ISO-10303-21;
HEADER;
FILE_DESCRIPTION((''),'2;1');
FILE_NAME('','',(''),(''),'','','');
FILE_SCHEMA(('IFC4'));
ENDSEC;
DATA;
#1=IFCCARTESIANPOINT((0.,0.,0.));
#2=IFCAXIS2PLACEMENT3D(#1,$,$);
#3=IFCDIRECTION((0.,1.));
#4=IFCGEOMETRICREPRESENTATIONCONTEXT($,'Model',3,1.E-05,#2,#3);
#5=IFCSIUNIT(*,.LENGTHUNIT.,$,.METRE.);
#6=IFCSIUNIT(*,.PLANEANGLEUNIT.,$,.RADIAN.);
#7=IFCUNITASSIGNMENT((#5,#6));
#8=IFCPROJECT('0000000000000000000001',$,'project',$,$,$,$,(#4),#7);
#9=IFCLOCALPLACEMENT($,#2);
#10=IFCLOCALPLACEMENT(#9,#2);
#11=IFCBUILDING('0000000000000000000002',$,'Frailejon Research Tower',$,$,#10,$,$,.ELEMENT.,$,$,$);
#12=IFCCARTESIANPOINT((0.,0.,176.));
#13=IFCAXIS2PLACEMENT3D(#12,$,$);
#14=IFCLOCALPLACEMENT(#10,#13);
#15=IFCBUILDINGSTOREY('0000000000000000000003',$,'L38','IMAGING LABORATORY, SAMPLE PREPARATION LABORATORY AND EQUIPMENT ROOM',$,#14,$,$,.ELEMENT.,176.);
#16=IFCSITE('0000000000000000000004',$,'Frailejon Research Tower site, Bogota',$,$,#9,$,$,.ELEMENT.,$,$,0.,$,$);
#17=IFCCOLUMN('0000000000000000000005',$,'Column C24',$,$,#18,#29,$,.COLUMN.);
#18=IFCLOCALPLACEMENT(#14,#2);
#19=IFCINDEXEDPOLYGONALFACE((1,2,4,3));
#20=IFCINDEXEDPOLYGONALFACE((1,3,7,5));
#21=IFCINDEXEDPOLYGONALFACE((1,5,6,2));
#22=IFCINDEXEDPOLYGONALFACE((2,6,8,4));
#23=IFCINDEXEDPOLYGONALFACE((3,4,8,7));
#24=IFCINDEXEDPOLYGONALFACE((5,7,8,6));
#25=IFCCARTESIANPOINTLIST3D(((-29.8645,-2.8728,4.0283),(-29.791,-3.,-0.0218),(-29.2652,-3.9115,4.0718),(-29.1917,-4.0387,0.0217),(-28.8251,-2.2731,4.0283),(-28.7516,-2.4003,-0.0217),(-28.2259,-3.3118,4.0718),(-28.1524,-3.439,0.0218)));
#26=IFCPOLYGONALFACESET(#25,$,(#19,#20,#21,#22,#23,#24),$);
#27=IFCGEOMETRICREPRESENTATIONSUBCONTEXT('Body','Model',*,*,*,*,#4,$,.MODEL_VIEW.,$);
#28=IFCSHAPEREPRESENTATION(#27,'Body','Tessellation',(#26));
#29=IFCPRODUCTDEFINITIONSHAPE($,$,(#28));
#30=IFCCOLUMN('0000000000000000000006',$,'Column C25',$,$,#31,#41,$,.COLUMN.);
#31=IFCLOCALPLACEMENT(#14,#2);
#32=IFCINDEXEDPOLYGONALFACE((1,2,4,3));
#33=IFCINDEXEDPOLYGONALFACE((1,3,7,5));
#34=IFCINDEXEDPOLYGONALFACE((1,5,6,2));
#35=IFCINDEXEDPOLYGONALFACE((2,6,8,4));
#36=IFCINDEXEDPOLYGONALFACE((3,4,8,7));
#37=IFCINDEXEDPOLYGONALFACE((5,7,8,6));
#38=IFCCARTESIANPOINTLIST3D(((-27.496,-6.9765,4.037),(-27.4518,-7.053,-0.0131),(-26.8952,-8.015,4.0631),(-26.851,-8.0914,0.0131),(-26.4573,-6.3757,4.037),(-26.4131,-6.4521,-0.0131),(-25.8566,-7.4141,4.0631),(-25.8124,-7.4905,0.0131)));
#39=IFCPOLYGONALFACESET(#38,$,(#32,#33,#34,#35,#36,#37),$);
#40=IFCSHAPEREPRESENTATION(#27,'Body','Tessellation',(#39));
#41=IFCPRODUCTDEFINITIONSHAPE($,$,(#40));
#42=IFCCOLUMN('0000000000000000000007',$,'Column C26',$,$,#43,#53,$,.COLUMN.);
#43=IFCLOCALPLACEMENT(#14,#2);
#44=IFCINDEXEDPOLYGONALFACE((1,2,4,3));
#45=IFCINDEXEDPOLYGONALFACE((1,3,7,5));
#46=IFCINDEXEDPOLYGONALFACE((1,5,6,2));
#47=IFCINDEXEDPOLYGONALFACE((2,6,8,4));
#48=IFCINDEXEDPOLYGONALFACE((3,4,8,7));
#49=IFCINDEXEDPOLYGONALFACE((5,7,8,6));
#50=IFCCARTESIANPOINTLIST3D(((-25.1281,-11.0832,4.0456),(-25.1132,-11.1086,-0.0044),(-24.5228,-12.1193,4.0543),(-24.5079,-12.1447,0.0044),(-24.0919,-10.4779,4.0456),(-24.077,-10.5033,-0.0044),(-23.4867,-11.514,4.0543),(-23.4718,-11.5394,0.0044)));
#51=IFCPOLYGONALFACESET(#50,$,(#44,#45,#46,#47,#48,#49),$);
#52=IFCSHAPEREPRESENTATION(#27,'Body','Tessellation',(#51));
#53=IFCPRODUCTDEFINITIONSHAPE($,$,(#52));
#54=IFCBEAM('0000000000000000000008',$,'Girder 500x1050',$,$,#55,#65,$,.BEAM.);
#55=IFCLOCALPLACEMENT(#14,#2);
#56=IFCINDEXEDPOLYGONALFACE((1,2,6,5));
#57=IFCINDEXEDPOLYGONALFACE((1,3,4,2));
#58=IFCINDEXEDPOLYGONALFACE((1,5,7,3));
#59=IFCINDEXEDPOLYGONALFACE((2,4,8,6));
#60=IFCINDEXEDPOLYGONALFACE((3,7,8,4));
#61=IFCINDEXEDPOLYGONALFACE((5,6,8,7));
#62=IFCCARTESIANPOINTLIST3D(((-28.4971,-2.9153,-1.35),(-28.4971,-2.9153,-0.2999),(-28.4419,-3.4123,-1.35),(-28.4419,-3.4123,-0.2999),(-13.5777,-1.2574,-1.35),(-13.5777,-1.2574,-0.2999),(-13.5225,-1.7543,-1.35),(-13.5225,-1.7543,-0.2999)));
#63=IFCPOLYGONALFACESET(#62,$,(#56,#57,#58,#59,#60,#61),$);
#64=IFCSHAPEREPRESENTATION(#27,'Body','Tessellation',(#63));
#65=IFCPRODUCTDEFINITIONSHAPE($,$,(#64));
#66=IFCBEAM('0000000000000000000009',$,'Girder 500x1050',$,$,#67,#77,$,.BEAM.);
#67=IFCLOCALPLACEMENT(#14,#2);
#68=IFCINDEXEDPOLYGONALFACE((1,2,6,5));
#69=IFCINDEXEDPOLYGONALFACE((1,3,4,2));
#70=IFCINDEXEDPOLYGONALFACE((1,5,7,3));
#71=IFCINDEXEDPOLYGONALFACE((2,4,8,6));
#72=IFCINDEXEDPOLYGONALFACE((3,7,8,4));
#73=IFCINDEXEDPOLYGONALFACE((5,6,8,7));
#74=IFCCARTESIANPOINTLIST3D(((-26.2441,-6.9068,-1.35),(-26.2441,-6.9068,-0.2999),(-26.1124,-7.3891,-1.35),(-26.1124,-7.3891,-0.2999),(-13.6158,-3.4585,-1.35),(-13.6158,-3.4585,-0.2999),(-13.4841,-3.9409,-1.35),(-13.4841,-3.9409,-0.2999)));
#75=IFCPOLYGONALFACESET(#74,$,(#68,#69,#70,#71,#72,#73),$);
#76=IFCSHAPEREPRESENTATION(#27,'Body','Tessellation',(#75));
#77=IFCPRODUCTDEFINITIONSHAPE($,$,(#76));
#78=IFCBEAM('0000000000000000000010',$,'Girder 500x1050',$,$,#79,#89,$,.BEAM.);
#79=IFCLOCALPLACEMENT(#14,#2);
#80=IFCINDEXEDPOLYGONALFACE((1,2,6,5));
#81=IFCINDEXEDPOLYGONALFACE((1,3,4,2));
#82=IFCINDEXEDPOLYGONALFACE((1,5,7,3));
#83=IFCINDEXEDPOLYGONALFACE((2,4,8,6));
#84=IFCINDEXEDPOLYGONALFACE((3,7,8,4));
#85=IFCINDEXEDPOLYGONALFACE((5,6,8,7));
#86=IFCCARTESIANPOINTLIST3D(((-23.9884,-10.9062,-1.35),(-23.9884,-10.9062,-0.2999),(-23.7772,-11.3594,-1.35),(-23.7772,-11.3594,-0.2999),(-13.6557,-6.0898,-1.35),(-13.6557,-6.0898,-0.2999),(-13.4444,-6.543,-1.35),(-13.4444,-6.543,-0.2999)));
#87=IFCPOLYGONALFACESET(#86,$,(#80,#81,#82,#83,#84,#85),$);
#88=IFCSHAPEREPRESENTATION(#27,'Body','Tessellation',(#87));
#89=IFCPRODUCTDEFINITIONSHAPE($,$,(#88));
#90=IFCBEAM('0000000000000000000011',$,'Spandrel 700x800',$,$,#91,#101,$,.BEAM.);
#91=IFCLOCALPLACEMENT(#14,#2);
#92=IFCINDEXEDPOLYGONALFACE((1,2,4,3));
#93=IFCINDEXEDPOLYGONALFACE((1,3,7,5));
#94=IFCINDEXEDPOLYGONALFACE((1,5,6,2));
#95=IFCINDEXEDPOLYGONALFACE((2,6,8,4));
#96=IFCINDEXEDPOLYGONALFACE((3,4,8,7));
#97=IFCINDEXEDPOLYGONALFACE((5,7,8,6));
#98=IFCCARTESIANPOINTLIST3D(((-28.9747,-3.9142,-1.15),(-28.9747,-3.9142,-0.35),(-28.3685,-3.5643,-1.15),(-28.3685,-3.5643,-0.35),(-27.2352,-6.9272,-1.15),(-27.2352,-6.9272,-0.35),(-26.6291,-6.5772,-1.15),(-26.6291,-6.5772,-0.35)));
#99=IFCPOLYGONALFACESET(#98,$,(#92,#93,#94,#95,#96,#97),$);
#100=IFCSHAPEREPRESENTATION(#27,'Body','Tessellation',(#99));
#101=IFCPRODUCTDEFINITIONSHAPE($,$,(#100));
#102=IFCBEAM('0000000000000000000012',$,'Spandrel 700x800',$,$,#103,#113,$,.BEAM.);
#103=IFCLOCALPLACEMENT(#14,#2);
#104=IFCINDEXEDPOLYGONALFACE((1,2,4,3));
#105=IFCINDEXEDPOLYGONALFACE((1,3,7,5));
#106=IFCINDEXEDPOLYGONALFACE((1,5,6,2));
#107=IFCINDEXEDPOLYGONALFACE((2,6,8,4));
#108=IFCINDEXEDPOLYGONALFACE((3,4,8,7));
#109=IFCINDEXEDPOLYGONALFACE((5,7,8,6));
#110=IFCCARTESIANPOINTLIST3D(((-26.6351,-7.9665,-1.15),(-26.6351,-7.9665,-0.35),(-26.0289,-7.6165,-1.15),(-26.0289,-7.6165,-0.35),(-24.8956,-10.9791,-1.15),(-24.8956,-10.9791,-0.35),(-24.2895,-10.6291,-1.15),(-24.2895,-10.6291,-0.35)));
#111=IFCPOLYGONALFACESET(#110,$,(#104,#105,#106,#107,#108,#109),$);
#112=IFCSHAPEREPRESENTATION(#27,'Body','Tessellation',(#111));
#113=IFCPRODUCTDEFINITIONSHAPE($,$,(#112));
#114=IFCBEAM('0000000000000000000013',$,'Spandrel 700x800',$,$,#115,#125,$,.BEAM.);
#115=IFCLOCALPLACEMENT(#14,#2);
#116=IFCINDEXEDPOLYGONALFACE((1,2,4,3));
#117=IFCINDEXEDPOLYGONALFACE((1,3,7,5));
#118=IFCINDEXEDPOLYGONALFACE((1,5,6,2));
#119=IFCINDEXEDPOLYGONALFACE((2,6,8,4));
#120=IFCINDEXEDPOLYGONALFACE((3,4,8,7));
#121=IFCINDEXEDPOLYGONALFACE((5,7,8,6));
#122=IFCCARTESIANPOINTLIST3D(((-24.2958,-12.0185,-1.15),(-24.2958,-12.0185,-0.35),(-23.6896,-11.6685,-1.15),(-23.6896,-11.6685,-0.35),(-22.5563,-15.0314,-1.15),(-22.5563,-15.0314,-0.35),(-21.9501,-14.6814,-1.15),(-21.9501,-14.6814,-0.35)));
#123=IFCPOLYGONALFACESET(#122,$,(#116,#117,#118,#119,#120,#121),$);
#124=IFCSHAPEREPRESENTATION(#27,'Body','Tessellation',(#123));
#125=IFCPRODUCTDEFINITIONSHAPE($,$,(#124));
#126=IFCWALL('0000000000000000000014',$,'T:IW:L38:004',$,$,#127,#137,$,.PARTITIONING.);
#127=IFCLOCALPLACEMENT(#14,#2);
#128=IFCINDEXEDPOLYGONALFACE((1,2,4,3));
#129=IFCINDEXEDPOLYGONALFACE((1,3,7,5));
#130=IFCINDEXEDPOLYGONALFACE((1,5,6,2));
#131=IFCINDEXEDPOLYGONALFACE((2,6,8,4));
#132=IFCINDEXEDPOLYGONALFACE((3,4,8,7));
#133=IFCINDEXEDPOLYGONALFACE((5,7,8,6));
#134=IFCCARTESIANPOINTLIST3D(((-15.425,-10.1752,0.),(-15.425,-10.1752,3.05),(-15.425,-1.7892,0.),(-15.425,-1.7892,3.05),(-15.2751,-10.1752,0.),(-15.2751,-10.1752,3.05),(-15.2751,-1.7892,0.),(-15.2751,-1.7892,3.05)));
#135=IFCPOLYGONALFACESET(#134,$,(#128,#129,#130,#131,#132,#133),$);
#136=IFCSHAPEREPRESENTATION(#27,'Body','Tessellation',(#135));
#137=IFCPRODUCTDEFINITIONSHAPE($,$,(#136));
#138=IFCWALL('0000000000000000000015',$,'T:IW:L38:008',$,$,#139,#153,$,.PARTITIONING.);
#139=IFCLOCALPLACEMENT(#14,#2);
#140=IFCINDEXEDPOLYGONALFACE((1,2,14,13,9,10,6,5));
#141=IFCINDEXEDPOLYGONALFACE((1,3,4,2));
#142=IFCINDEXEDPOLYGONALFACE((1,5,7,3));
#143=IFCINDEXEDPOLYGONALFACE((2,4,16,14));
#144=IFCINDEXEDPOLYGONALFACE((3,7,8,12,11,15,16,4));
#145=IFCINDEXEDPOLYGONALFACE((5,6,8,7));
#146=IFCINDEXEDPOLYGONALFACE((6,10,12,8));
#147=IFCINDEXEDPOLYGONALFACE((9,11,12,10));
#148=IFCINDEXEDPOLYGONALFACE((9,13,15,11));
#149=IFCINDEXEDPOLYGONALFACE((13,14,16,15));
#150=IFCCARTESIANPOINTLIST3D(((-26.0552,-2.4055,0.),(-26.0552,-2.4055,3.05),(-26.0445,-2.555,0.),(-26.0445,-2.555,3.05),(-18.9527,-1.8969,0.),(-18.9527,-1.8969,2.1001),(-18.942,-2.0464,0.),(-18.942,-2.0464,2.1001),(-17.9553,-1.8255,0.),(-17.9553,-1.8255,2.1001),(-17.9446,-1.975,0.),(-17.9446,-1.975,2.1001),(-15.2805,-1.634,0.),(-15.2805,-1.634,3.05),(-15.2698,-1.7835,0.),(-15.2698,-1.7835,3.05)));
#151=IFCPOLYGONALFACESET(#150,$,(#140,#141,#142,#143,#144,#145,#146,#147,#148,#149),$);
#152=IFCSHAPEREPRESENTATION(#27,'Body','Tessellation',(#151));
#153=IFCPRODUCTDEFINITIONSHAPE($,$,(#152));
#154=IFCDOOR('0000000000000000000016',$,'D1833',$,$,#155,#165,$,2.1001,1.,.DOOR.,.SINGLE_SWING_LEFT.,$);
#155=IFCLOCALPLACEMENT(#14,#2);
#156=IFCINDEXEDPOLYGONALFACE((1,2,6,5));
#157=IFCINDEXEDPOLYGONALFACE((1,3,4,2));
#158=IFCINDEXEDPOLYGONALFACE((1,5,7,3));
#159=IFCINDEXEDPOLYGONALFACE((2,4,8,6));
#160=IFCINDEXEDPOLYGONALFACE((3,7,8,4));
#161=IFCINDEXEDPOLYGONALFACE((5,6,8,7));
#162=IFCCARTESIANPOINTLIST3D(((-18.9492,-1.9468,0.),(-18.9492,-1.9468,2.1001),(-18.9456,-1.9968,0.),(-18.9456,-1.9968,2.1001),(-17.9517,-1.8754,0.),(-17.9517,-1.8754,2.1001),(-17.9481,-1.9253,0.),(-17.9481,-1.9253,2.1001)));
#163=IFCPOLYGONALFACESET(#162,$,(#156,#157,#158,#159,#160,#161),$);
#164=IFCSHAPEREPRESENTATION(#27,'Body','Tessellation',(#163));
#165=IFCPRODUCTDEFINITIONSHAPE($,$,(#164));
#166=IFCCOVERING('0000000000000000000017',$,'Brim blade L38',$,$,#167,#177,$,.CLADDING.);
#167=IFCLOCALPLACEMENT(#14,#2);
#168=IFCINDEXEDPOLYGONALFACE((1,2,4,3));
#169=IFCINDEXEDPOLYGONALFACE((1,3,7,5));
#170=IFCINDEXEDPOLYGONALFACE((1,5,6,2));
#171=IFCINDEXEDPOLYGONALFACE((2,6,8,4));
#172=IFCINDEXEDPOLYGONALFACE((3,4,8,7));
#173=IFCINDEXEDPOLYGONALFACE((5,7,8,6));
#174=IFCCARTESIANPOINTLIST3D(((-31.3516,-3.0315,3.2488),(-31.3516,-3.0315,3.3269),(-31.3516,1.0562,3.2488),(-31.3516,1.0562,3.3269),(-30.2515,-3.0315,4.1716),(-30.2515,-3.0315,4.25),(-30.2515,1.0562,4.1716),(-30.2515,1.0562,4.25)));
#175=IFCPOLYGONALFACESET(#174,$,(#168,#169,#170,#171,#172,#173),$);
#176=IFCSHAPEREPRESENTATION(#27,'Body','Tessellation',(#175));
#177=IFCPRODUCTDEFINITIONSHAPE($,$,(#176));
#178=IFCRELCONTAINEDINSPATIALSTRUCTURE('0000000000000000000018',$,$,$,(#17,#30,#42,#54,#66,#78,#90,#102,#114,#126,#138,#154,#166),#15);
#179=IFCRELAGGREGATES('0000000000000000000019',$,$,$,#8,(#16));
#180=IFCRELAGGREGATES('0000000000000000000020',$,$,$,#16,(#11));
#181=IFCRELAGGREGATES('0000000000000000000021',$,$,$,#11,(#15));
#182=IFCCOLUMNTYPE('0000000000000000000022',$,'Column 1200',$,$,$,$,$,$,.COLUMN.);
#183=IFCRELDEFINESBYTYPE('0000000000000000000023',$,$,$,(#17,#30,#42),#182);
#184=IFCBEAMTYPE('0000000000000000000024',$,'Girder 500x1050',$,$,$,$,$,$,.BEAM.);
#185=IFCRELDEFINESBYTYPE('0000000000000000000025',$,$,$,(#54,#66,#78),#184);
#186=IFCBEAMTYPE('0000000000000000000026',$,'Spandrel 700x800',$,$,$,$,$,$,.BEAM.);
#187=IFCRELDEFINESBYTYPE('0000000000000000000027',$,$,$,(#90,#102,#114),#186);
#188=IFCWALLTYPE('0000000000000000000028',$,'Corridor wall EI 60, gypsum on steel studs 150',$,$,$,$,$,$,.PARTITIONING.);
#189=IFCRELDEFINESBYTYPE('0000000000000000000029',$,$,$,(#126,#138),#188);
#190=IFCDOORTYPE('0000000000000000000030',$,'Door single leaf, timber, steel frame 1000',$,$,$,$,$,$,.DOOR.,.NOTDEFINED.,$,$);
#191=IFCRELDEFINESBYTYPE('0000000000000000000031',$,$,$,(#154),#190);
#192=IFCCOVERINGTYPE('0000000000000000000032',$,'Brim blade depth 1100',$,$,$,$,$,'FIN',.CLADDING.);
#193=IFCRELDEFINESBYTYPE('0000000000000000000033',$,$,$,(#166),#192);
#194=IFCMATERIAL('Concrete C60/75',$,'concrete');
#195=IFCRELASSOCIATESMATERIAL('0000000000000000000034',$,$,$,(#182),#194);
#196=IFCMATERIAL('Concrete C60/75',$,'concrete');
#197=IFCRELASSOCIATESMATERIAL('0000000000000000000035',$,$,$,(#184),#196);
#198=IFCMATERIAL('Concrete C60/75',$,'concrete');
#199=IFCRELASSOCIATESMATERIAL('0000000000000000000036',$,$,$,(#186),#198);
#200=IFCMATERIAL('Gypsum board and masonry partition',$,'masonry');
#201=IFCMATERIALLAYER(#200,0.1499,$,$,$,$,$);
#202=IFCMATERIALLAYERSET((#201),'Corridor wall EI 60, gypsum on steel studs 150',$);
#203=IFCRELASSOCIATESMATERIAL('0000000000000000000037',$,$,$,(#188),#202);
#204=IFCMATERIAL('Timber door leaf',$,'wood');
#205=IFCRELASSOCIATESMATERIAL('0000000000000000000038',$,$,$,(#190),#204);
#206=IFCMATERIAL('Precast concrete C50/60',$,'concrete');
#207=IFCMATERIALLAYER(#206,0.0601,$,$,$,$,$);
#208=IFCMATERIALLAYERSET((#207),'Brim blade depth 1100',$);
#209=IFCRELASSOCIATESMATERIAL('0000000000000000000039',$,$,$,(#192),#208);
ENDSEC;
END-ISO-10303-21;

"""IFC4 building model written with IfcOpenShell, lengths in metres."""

from ifc_helpers import new_model, si_unit, direction, frame, frame_2d, origin, origin_2d, place, context, subcontext, project, spatial, polyline, rectangle, outline, extrude, material, layer, layer_set, material_profile, profile_set, type_object, element, fill, save


model = new_model("IFC4")

# Units and contexts
model_context = context("Model", 3, precision=1e-05, world=origin(), true_north=direction((0.0, 1.0)))
body_context = subcontext(model_context, "Body", "Model", "MODEL_VIEW")
ifc_project = project(units=[si_unit("LENGTHUNIT", "METRE"), si_unit("PLANEANGLEUNIT", "RADIAN")], contexts=[model_context])

# Site, building, storey
site_placement = place(None, origin())
site = spatial("IfcSite", under=ifc_project, at=site_placement, Name="Frailejon Research Tower site, Bogota", CompositionType="ELEMENT", RefElevation=0.0)
building_placement = place(site_placement, origin())
building = spatial("IfcBuilding", under=site, at=building_placement, Name="Frailejon Research Tower", CompositionType="ELEMENT")
storey_placement = place(building_placement, frame((0.0, 0.0, 176.0)))
storey = spatial("IfcBuildingStorey", under=building, at=storey_placement, Name="L38", Description="IMAGING LABORATORY, SAMPLE PREPARATION LABORATORY AND EQUIPMENT ROOM", CompositionType="ELEMENT", Elevation=176.0)

# Columns
ifc_material_1 = material(Name="Concrete C60/75", Category="concrete")
ifc_material_profile_1 = material_profile(ifc_material_1, rectangle(XDim=1.2, YDim=1.2, at=origin_2d()), Name="Column 1200")
ifc_profile_set_1 = profile_set([ifc_material_profile_1], Name="Concrete C60/75")
column_type = type_object("IfcColumnType", Name="Column 1200", PredefinedType="COLUMN", material=ifc_profile_set_1)
column_1_placement = place(storey_placement, frame((-28.9717, -3.2195, 0.0), z_axis=(-0.018133, 0.031386, 0.999343), x_axis=(0.499403, -0.865611, 0.036247)))
element("IfcColumn", 1, at=column_1_placement, inside=storey, type_object=column_type, Name="Column C24", PredefinedType="COLUMN", context=body_context, shape_type="SweptSolid", body=[
    extrude(rectangle(XDim=1.2, YDim=1.2, at=origin_2d()), origin(), (0.0, 0.0, 1.0), 4.0527),
])
column_2_placement = place(storey_placement, frame((-26.6321, -7.2717, 0.0), z_axis=(-0.010908, 0.018863, 0.999763), x_axis=(0.500638, -0.865382, 0.02179)))
element("IfcColumn", 2, at=column_2_placement, inside=storey, type_object=column_type, Name="Column C25", PredefinedType="COLUMN", context=body_context, shape_type="SweptSolid", body=[
    extrude(rectangle(XDim=1.2, YDim=1.2, at=origin_2d()), origin(), (0.0, 0.0, 1.0), 4.051),
])
column_3_placement = place(storey_placement, frame((-24.2925, -11.324, 0.0), z_axis=(-0.003677, 0.006269, 0.999974), x_axis=(0.504393, -0.863444, 0.007268)))
element("IfcColumn", 3, at=column_3_placement, inside=storey, type_object=column_type, Name="Column C26", PredefinedType="COLUMN", context=body_context, shape_type="SweptSolid", body=[
    extrude(rectangle(XDim=1.2, YDim=1.2, at=origin_2d()), origin(), (0.0, 0.0, 1.0), 4.05),
])

# Beams
ifc_material_2 = material(Name="Concrete C60/75", Category="concrete")
ifc_material_profile_2 = material_profile(ifc_material_2, rectangle(XDim=0.5, YDim=1.05, at=origin_2d()), Name="Girder 500x1050")
ifc_profile_set_2 = profile_set([ifc_material_profile_2], Name="Concrete C60/75")
beam_type_1 = type_object("IfcBeamType", Name="Girder 500x1050", PredefinedType="BEAM", material=ifc_profile_set_2)
beam_1_placement = place(storey_placement, frame((-28.4695, -3.1638, -0.825), z_axis=(0.993882, 0.110448, 0.0), x_axis=(-0.110448, 0.993882, 0.0)))
element("IfcBeam", 4, at=beam_1_placement, inside=storey, type_object=beam_type_1, Name="Girder 500x1050", PredefinedType="BEAM", context=body_context, shape_type="SweptSolid", body=[
    extrude(rectangle(XDim=0.5, YDim=1.05, at=origin_2d()), origin(), (0.0, 0.0, 1.0), 15.0112),
])
beam_2_placement = place(storey_placement, frame((-26.1782, -7.1479, -0.825), z_axis=(0.964682, 0.263416, 0.0), x_axis=(-0.263416, 0.964682, 0.0)))
element("IfcBeam", 5, at=beam_2_placement, inside=storey, type_object=beam_type_1, Name="Girder 500x1050", PredefinedType="BEAM", context=body_context, shape_type="SweptSolid", body=[
    extrude(rectangle(XDim=0.5, YDim=1.05, at=origin_2d()), origin(), (0.0, 0.0, 1.0), 13.0906),
])
beam_3_placement = place(storey_placement, frame((-23.8828, -11.1328, -0.825), z_axis=(0.90637, 0.422486, 0.0), x_axis=(-0.422486, 0.90637, 0.0)))
element("IfcBeam", 6, at=beam_3_placement, inside=storey, type_object=beam_type_1, Name="Girder 500x1050", PredefinedType="BEAM", context=body_context, shape_type="SweptSolid", body=[
    extrude(rectangle(XDim=0.5, YDim=1.05, at=origin_2d()), origin(), (0.0, 0.0, 1.0), 11.4001),
])
ifc_material_3 = material(Name="Concrete C60/75", Category="concrete")
ifc_material_profile_3 = material_profile(ifc_material_3, rectangle(XDim=0.7, YDim=0.8, at=origin_2d()), Name="Spandrel 700x800")
ifc_profile_set_3 = profile_set([ifc_material_profile_3], Name="Concrete C60/75")
beam_type_2 = type_object("IfcBeamType", Name="Spandrel 700x800", PredefinedType="BEAM", material=ifc_profile_set_3)
beam_4_placement = place(storey_placement, frame((-28.6716, -3.7393, -0.75), z_axis=(0.499996, -0.866028, 0.0), x_axis=(0.866028, 0.499996, 0.0)))
element("IfcBeam", 7, at=beam_4_placement, inside=storey, type_object=beam_type_2, Name="Spandrel 700x800", PredefinedType="BEAM", context=body_context, shape_type="SweptSolid", body=[
    extrude(rectangle(XDim=0.7, YDim=0.8, at=origin_2d()), origin(), (0.0, 0.0, 1.0), 3.479),
])
beam_5_placement = place(storey_placement, frame((-26.332, -7.7915, -0.75), z_axis=(0.500026, -0.86601, 0.0), x_axis=(0.86601, 0.500026, 0.0)))
element("IfcBeam", 8, at=beam_5_placement, inside=storey, type_object=beam_type_2, Name="Spandrel 700x800", PredefinedType="BEAM", context=body_context, shape_type="SweptSolid", body=[
    extrude(rectangle(XDim=0.7, YDim=0.8, at=origin_2d()), origin(), (0.0, 0.0, 1.0), 3.4788),
])
beam_6_placement = place(storey_placement, frame((-23.9927, -11.8435, -0.75), z_axis=(0.499996, -0.866028, 0.0), x_axis=(0.866028, 0.499996, 0.0)))
element("IfcBeam", 9, at=beam_6_placement, inside=storey, type_object=beam_type_2, Name="Spandrel 700x800", PredefinedType="BEAM", context=body_context, shape_type="SweptSolid", body=[
    extrude(rectangle(XDim=0.7, YDim=0.8, at=origin_2d()), origin(), (0.0, 0.0, 1.0), 3.479),
])

# Wall
ifc_material_4 = material(Name="Gypsum board and masonry partition", Category="masonry")
ifc_layer_1 = layer(ifc_material_4, 0.1499)
ifc_layer_set_1 = layer_set([ifc_layer_1], Name="Corridor wall EI 60, gypsum on steel studs 150")
wall_type_1 = type_object("IfcWallType", Name="Corridor wall EI 60, gypsum on steel studs 150", PredefinedType="PARTITIONING", material=ifc_layer_set_1)
wall_1_placement = place(storey_placement, frame((-15.3501, -10.175, 0.0), z_axis=(0.0, 0.0, 1.0), x_axis=(0.0, 1.0, 0.0)))
element("IfcWall", 10, at=wall_1_placement, inside=storey, type_object=wall_type_1, Name="T:IW:L38:004", PredefinedType="PARTITIONING", context=body_context, shape_type="SweptSolid", body=[
    extrude(rectangle(XDim=8.386, YDim=0.1499, at=frame_2d((4.1929, 0.0))), origin(), (0.0, 0.0, 1.0), 3.05),
])

# Wall, opening, door
wall_2_placement = place(storey_placement, frame((-26.0498, -2.4802, 0.0), z_axis=(0.0, 0.0, 1.0), x_axis=(0.997446, 0.071419, 0.0)))
wall_2 = element("IfcWall", 11, at=wall_2_placement, inside=storey, type_object=wall_type_1, Name="T:IW:L38:008", PredefinedType="PARTITIONING", context=body_context, shape_type="SweptSolid", body=[
    extrude(rectangle(XDim=10.8022, YDim=0.1499, at=frame_2d((5.4011, 0.0))), origin(), (0.0, 0.0, 1.0), 3.05),
])
opening_1_placement = place(wall_2_placement, frame((7.1206, 0.0, 0.0)))
opening_1 = element("IfcOpeningElement", 12, at=opening_1_placement, cuts=wall_2, PredefinedType="OPENING", context=body_context, shape_type="SweptSolid", body=[
    extrude(rectangle(XDim=1.0, YDim=2.1001, at=frame_2d((0.5, 1.05))), frame((0.0, 0.085, 0.0), z_axis=(0.0, -1.0, 0.0), x_axis=(1.0, 0.0, 0.0)), (0.0, 0.0, 1.0), 0.1699),
])
ifc_material_5 = material(Name="Timber door leaf", Category="wood")
door_type_1 = type_object("IfcDoorType", Name="Door single leaf, timber, steel frame 1000", OperationType="NOTDEFINED", PredefinedType="DOOR", material=ifc_material_5)
door_1_placement = place(opening_1_placement, origin())
door_1 = element("IfcDoor", 13, at=door_1_placement, inside=storey, type_object=door_type_1, Name="D1833", OperationType="SINGLE_SWING_LEFT", OverallHeight=2.1001, OverallWidth=1.0, PredefinedType="DOOR", context=body_context, shape_type="SweptSolid", body=[
    extrude(rectangle(XDim=1.0, YDim=2.1001, at=frame_2d((0.5, 1.05))), frame((0.0, 0.0249, 0.0), z_axis=(0.0, -1.0, 0.0), x_axis=(1.0, 0.0, 0.0)), (0.0, 0.0, 1.0), 0.05),
])
fill(opening_1, door_1)

# Covering
ifc_material_6 = material(Name="Precast concrete C50/60", Category="concrete")
ifc_layer_2 = layer(ifc_material_6, 0.0601)
ifc_layer_set_2 = layer_set([ifc_layer_2], Name="Brim blade depth 1100")
covering_type = type_object("IfcCoveringType", Name="Brim blade depth 1100", ElementType="FIN", PredefinedType="CLADDING", material=ifc_layer_set_2)
covering_placement = place(storey_placement, frame((-30.2515, -3.0315, 4.25), z_axis=(0.0, 1.0, 0.0), x_axis=(-1.0, 0.0, 0.0)))
element("IfcCovering", 14, at=covering_placement, inside=storey, type_object=covering_type, Name="Brim blade L38", PredefinedType="CLADDING", context=body_context, shape_type="SweptSolid", body=[
    extrude(outline(polyline([(0.0, -0.0784), (1.1001, -1.0012), (1.1001, -0.9231), (0.0, 0.0), (0.0, -0.0784)])), origin(), (0.0, 0.0, 1.0), 4.0876),
])

save(model, "model.ifc")
